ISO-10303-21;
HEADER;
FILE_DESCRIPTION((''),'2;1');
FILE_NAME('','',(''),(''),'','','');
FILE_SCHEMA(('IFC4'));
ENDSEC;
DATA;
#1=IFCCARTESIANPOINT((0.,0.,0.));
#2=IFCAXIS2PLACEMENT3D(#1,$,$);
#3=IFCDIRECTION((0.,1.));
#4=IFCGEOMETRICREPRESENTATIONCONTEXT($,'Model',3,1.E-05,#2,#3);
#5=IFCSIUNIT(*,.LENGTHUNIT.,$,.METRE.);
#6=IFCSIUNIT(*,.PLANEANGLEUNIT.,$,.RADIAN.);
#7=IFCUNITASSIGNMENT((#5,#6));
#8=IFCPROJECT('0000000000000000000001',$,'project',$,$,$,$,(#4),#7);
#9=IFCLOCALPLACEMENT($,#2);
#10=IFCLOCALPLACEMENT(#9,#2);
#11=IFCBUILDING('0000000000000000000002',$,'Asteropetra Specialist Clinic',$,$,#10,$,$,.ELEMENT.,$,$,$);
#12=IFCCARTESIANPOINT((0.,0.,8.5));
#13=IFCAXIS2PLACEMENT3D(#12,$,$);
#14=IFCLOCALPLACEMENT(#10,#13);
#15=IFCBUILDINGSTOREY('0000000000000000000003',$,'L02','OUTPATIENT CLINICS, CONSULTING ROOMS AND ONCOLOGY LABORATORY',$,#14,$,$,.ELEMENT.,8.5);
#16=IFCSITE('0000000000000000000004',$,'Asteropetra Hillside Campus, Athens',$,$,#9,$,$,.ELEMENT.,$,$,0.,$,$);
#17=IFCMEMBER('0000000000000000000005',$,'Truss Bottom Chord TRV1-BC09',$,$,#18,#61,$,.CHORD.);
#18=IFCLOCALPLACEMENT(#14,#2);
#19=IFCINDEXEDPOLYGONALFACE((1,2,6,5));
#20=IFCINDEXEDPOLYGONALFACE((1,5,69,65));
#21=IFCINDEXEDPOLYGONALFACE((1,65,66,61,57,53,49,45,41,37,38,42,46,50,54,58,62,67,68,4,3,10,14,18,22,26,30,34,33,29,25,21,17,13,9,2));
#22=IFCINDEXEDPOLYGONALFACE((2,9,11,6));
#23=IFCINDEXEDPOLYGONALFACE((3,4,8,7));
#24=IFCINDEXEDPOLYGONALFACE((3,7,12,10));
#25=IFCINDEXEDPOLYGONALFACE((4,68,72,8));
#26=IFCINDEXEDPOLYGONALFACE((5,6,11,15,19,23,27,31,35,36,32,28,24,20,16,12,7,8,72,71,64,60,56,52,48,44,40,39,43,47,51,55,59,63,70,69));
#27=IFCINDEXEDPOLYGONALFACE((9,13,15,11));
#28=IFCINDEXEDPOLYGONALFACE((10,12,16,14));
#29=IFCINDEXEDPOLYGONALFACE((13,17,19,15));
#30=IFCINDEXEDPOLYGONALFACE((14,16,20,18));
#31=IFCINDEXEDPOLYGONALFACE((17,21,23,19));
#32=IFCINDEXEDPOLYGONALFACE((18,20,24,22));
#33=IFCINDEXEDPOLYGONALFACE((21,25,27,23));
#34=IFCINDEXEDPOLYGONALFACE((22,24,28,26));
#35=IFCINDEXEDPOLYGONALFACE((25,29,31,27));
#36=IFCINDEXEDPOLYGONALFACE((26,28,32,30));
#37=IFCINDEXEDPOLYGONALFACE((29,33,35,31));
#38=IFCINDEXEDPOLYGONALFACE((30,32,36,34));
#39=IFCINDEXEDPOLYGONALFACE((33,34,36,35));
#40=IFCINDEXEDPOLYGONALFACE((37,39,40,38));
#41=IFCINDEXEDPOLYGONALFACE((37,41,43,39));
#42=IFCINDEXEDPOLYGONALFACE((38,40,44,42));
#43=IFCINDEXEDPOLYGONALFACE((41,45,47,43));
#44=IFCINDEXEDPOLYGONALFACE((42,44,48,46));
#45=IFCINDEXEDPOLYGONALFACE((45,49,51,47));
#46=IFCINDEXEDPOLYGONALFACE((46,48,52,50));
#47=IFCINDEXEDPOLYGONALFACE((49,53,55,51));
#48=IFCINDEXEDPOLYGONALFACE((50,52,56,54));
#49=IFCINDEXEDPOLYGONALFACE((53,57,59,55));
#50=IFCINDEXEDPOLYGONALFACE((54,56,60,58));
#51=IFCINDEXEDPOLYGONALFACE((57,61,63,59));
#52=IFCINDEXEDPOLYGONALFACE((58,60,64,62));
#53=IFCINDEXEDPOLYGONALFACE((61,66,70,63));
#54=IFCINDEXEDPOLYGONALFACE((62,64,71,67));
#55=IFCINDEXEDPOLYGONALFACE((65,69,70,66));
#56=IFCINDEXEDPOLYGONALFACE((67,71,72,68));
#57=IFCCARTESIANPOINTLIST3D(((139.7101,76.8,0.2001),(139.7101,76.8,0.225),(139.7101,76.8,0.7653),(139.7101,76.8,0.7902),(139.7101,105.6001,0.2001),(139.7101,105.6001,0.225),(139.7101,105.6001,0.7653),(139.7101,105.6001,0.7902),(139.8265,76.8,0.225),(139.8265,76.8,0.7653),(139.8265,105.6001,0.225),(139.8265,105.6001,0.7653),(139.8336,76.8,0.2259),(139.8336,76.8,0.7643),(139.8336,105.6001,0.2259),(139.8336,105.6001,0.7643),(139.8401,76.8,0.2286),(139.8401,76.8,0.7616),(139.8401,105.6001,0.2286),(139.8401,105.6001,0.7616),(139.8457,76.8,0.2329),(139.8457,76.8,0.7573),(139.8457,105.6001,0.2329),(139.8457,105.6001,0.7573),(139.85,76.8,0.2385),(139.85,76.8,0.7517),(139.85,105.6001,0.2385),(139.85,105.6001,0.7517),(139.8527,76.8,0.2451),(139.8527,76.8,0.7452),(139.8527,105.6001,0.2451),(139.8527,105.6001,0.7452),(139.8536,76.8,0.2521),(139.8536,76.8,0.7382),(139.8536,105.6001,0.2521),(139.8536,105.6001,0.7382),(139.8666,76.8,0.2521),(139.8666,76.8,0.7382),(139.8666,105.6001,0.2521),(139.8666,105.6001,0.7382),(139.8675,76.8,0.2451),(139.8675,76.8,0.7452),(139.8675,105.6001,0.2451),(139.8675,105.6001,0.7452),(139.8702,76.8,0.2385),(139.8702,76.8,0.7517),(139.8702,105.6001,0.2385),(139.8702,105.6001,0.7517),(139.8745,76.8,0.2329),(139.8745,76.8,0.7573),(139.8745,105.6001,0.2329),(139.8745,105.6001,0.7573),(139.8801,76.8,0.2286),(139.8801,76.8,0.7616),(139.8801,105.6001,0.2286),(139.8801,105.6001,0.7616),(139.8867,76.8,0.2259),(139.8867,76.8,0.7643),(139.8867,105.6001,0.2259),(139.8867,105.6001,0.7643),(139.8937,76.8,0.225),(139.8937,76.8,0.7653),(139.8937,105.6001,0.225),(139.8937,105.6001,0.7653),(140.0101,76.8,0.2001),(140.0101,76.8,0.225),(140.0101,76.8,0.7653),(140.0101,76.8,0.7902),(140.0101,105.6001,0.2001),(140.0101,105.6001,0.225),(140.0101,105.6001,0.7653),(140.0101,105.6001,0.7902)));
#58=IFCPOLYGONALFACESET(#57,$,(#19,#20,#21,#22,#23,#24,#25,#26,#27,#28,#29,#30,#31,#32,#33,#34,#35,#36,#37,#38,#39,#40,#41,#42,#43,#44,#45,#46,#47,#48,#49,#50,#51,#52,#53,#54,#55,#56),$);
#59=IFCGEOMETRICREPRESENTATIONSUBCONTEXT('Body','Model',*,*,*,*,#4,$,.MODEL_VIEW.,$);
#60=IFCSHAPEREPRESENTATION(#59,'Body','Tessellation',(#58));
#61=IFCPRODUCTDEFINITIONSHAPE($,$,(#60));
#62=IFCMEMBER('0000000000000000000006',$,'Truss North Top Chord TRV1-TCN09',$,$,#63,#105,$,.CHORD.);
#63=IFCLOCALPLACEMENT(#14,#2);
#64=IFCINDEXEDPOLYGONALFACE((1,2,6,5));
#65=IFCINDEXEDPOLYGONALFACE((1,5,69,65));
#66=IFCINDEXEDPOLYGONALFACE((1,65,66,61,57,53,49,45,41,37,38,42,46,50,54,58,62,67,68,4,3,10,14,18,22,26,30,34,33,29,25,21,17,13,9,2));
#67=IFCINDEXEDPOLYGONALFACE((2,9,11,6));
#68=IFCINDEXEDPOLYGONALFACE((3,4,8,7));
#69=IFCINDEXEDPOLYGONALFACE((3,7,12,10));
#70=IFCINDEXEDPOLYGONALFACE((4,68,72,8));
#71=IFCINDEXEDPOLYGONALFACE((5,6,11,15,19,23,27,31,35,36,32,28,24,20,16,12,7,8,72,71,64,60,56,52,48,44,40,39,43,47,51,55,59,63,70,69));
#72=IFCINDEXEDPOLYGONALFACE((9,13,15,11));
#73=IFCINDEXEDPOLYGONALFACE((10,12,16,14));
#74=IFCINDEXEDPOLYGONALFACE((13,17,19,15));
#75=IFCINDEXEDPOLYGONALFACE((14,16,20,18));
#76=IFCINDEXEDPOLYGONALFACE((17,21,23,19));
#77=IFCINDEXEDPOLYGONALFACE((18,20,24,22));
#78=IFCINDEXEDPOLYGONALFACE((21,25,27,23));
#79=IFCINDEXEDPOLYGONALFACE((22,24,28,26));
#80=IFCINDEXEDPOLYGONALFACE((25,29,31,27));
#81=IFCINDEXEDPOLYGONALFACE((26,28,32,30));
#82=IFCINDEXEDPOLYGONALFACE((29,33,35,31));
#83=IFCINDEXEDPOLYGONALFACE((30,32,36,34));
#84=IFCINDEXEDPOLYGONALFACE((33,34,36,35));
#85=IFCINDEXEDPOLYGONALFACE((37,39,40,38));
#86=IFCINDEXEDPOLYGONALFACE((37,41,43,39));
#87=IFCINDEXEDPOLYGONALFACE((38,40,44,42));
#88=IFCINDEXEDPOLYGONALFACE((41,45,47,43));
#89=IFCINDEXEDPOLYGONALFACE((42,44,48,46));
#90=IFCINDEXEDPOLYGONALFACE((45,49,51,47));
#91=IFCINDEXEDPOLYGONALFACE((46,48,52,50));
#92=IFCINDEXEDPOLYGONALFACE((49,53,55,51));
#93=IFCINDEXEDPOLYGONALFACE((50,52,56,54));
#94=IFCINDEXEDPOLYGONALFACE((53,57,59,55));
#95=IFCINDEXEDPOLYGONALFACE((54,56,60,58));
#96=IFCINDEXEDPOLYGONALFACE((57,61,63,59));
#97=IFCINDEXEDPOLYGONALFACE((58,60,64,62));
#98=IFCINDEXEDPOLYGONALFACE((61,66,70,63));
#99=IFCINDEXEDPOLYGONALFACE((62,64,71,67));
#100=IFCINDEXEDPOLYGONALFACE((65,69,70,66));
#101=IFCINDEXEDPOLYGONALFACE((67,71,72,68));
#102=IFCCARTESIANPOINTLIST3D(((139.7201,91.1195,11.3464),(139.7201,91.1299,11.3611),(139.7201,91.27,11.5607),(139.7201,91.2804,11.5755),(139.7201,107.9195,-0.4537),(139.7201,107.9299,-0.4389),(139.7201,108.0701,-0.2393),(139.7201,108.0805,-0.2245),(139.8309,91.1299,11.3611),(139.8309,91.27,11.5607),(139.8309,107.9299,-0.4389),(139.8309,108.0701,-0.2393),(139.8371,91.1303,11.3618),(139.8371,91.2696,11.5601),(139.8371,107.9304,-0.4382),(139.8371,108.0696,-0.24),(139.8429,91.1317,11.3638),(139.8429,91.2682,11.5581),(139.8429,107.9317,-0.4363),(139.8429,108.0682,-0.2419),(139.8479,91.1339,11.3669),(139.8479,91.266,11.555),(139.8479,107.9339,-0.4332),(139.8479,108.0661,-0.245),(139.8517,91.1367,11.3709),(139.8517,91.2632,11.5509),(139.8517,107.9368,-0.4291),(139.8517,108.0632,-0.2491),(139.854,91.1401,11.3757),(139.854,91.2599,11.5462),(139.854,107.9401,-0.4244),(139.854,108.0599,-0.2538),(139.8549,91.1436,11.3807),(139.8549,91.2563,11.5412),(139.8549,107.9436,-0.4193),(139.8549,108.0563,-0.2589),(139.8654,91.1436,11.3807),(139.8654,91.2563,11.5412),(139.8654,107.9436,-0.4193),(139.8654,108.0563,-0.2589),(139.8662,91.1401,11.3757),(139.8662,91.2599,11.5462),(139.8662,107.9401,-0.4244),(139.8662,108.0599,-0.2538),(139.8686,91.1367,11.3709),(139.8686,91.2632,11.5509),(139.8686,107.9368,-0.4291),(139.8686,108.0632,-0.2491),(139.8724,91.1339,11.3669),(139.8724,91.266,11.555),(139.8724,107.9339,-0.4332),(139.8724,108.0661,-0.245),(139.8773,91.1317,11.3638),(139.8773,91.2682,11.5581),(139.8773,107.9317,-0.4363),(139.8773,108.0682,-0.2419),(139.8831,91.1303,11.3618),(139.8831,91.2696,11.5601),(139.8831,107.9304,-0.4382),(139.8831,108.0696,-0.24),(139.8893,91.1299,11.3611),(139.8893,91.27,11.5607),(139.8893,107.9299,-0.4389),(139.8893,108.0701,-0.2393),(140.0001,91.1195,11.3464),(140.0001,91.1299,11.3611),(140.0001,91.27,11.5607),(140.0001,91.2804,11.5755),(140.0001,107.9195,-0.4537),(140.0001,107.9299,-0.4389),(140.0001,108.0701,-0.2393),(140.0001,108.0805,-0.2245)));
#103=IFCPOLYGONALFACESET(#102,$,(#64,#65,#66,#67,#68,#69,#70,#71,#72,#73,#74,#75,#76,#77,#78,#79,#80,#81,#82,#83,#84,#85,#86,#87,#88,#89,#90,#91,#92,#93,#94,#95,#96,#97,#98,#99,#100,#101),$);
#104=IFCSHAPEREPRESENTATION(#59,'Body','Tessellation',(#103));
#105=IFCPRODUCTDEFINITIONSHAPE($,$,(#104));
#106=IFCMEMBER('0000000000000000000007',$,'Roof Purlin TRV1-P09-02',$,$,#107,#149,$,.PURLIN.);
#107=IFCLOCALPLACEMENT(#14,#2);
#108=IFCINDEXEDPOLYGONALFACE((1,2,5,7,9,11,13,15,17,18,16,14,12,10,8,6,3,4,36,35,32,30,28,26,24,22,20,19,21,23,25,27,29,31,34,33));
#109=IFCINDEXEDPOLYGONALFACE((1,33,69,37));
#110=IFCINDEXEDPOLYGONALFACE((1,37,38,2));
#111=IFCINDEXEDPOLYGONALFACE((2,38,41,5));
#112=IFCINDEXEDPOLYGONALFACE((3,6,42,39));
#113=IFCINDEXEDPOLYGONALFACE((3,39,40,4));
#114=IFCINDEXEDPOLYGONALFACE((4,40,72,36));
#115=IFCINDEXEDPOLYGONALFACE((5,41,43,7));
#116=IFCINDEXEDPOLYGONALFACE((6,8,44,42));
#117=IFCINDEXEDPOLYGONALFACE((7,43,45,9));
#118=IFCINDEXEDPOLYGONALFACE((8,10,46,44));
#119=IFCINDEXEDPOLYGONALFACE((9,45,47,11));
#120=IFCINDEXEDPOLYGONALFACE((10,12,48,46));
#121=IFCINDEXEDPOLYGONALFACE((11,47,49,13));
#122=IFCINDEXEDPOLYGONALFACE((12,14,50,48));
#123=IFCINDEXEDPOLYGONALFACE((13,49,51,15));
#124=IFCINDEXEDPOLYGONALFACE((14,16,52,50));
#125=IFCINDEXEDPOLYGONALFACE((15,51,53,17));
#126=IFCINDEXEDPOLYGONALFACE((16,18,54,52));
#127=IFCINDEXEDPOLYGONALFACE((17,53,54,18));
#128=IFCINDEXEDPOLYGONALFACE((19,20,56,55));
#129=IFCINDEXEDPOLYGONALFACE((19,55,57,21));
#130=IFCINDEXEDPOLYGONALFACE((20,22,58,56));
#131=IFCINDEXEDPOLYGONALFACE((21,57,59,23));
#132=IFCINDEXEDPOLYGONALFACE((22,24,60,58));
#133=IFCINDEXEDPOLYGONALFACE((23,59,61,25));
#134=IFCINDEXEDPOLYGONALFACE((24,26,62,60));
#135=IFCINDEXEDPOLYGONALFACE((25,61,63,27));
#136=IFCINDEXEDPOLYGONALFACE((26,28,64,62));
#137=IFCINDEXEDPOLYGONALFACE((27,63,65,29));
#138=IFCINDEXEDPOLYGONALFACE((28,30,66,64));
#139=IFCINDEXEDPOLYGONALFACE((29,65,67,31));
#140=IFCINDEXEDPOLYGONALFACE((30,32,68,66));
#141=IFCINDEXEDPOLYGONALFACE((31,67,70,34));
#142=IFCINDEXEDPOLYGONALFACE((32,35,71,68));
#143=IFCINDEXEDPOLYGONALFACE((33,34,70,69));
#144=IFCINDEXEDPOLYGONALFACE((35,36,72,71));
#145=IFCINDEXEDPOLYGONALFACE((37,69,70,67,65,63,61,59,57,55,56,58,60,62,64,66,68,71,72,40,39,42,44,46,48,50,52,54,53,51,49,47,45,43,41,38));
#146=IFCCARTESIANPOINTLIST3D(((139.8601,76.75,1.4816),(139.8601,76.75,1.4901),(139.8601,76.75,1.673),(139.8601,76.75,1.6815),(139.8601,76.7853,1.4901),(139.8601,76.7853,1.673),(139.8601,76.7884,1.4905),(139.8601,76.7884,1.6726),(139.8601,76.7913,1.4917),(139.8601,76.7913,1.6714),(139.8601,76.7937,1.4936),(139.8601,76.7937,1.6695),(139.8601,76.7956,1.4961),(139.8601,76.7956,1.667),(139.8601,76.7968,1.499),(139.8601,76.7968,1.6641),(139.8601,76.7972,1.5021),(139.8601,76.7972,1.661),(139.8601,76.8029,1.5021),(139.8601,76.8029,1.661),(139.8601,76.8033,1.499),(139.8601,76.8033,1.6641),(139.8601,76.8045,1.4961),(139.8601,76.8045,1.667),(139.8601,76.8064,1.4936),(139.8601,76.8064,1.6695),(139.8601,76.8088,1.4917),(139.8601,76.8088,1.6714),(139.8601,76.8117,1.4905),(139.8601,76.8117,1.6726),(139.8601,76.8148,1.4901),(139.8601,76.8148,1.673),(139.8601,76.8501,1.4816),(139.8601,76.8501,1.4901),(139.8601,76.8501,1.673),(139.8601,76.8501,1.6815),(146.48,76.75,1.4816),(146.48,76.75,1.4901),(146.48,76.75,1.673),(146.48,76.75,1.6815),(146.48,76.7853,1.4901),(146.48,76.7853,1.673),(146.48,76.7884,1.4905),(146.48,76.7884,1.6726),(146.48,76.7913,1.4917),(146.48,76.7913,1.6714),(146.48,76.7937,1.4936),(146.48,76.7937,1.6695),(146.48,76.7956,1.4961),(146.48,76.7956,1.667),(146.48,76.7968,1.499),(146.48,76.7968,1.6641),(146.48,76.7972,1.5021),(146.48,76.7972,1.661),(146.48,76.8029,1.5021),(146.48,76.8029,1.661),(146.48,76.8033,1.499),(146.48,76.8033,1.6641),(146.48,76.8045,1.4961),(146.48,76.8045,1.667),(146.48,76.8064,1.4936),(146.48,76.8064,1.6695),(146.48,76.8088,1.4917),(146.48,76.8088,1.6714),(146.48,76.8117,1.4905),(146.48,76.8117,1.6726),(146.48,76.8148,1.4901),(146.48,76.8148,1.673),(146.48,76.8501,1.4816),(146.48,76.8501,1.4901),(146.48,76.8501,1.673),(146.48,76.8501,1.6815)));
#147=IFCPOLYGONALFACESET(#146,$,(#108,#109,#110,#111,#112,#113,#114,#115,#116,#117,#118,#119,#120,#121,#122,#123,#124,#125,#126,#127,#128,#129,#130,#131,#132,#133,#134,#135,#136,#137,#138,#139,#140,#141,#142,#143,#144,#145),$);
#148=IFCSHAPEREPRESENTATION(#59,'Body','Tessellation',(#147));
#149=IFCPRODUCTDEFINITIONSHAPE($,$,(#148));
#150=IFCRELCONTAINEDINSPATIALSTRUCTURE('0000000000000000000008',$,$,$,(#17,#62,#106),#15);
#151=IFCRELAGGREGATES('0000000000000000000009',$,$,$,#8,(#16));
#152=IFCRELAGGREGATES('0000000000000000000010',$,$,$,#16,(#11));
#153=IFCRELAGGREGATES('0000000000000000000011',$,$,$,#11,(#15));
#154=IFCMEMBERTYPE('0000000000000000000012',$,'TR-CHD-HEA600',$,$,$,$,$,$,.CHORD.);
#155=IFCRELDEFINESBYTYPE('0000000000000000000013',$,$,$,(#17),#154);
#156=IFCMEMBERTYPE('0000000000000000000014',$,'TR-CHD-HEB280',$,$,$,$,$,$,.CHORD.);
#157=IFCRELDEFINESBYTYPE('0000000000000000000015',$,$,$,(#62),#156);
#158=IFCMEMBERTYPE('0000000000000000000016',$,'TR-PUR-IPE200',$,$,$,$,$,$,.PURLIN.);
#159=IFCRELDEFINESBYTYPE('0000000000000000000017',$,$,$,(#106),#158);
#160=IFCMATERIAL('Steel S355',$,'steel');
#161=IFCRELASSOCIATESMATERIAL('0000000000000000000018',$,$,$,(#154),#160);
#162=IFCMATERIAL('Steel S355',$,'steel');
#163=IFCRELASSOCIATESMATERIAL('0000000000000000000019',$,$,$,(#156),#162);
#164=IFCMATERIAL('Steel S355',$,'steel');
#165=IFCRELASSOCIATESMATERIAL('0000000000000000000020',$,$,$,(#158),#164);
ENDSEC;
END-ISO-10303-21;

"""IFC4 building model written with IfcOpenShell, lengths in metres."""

from ifc_helpers import new_model, si_unit, direction, frame, origin, origin_2d, place, context, subcontext, project, spatial, i_section, extrude, material, material_profile, profile_set, type_object, element, save


model = new_model("IFC4")

# Units and contexts
model_context = context("Model", 3, precision=1e-05, world=origin(), true_north=direction((0.0, 1.0)))
body_context = subcontext(model_context, "Body", "Model", "MODEL_VIEW")
ifc_project = project(units=[si_unit("LENGTHUNIT", "METRE"), si_unit("PLANEANGLEUNIT", "RADIAN")], contexts=[model_context])

# Site, building, storey
site_placement = place(None, origin())
site = spatial("IfcSite", under=ifc_project, at=site_placement, Name="Asteropetra Hillside Campus, Athens", CompositionType="ELEMENT", RefElevation=0.0)
building_placement = place(site_placement, origin())
building = spatial("IfcBuilding", under=site, at=building_placement, Name="Asteropetra Specialist Clinic", CompositionType="ELEMENT")
storey_placement = place(building_placement, frame((0.0, 0.0, 8.5)))
storey = spatial("IfcBuildingStorey", under=building, at=storey_placement, Name="L02", Description="OUTPATIENT CLINICS, CONSULTING ROOMS AND ONCOLOGY LABORATORY", CompositionType="ELEMENT", Elevation=8.5)

# Members
ifc_material_1 = material(Name="Steel S355", Category="steel")
ifc_material_profile_1 = material_profile(ifc_material_1, i_section(OverallWidth=0.3, OverallDepth=0.5901, WebThickness=0.0129, FlangeThickness=0.0249, FilletRadius=0.0271, at=origin_2d()), Name="HEA 600")
ifc_profile_set_1 = profile_set([ifc_material_profile_1], Name="Steel S355")
member_type_1 = type_object("IfcMemberType", Name="TR-CHD-HEA600", PredefinedType="CHORD", material=ifc_profile_set_1)
member_1_placement = place(storey_placement, frame((139.8601, 76.8, 0.4951), z_axis=(0.0, 1.0, 0.0), x_axis=(-1.0, 0.0, 0.0)))
element("IfcMember", 1, at=member_1_placement, inside=storey, type_object=member_type_1, Name="Truss Bottom Chord TRV1-BC09", PredefinedType="CHORD", context=body_context, shape_type="SweptSolid", body=[
    extrude(i_section(OverallWidth=0.3, OverallDepth=0.5901, WebThickness=0.0129, FlangeThickness=0.0249, FilletRadius=0.0271, at=origin_2d()), origin(), (0.0, 0.0, 1.0), 28.8),
])
ifc_material_2 = material(Name="Steel S355", Category="steel")
ifc_material_profile_2 = material_profile(ifc_material_2, i_section(OverallWidth=0.28, OverallDepth=0.28, WebThickness=0.0105, FlangeThickness=0.0181, FilletRadius=0.0239, at=origin_2d()), Name="HEB 280")
ifc_profile_set_2 = profile_set([ifc_material_profile_2], Name="Steel S355")
member_type_2 = type_object("IfcMemberType", Name="TR-CHD-HEB280", PredefinedType="CHORD", material=ifc_profile_set_2)
member_2_placement = place(storey_placement, frame((139.8601, 91.2, 11.4609), z_axis=(0.0, 0.818315, -0.57477), x_axis=(-1.0, 0.0, 0.0)))
element("IfcMember", 2, at=member_2_placement, inside=storey, type_object=member_type_2, Name="Truss North Top Chord TRV1-TCN09", PredefinedType="CHORD", context=body_context, shape_type="SweptSolid", body=[
    extrude(i_section(OverallWidth=0.28, OverallDepth=0.28, WebThickness=0.0105, FlangeThickness=0.0181, FilletRadius=0.0239, at=origin_2d()), origin(), (0.0, 0.0, 1.0), 20.53),
])
ifc_material_3 = material(Name="Steel S355", Category="steel")
ifc_material_profile_3 = material_profile(ifc_material_3, i_section(OverallWidth=0.1001, OverallDepth=0.2, WebThickness=0.0056, FlangeThickness=0.0085, FilletRadius=0.012, at=origin_2d()), Name="IPE 200")
ifc_profile_set_3 = profile_set([ifc_material_profile_3], Name="Steel S355")
member_type_3 = type_object("IfcMemberType", Name="TR-PUR-IPE200", PredefinedType="PURLIN", material=ifc_profile_set_3)
member_3_placement = place(storey_placement, frame((139.8601, 76.8, 1.5815), z_axis=(1.0, 0.0, 0.0), x_axis=(0.0, 1.0, 0.0)))
element("IfcMember", 3, at=member_3_placement, inside=storey, type_object=member_type_3, Name="Roof Purlin TRV1-P09-02", PredefinedType="PURLIN", context=body_context, shape_type="SweptSolid", body=[
    extrude(i_section(OverallWidth=0.1001, OverallDepth=0.2, WebThickness=0.0056, FlangeThickness=0.0085, FilletRadius=0.012, at=origin_2d()), origin(), (0.0, 0.0, 1.0), 6.6199),
])

save(model, "model.ifc")
